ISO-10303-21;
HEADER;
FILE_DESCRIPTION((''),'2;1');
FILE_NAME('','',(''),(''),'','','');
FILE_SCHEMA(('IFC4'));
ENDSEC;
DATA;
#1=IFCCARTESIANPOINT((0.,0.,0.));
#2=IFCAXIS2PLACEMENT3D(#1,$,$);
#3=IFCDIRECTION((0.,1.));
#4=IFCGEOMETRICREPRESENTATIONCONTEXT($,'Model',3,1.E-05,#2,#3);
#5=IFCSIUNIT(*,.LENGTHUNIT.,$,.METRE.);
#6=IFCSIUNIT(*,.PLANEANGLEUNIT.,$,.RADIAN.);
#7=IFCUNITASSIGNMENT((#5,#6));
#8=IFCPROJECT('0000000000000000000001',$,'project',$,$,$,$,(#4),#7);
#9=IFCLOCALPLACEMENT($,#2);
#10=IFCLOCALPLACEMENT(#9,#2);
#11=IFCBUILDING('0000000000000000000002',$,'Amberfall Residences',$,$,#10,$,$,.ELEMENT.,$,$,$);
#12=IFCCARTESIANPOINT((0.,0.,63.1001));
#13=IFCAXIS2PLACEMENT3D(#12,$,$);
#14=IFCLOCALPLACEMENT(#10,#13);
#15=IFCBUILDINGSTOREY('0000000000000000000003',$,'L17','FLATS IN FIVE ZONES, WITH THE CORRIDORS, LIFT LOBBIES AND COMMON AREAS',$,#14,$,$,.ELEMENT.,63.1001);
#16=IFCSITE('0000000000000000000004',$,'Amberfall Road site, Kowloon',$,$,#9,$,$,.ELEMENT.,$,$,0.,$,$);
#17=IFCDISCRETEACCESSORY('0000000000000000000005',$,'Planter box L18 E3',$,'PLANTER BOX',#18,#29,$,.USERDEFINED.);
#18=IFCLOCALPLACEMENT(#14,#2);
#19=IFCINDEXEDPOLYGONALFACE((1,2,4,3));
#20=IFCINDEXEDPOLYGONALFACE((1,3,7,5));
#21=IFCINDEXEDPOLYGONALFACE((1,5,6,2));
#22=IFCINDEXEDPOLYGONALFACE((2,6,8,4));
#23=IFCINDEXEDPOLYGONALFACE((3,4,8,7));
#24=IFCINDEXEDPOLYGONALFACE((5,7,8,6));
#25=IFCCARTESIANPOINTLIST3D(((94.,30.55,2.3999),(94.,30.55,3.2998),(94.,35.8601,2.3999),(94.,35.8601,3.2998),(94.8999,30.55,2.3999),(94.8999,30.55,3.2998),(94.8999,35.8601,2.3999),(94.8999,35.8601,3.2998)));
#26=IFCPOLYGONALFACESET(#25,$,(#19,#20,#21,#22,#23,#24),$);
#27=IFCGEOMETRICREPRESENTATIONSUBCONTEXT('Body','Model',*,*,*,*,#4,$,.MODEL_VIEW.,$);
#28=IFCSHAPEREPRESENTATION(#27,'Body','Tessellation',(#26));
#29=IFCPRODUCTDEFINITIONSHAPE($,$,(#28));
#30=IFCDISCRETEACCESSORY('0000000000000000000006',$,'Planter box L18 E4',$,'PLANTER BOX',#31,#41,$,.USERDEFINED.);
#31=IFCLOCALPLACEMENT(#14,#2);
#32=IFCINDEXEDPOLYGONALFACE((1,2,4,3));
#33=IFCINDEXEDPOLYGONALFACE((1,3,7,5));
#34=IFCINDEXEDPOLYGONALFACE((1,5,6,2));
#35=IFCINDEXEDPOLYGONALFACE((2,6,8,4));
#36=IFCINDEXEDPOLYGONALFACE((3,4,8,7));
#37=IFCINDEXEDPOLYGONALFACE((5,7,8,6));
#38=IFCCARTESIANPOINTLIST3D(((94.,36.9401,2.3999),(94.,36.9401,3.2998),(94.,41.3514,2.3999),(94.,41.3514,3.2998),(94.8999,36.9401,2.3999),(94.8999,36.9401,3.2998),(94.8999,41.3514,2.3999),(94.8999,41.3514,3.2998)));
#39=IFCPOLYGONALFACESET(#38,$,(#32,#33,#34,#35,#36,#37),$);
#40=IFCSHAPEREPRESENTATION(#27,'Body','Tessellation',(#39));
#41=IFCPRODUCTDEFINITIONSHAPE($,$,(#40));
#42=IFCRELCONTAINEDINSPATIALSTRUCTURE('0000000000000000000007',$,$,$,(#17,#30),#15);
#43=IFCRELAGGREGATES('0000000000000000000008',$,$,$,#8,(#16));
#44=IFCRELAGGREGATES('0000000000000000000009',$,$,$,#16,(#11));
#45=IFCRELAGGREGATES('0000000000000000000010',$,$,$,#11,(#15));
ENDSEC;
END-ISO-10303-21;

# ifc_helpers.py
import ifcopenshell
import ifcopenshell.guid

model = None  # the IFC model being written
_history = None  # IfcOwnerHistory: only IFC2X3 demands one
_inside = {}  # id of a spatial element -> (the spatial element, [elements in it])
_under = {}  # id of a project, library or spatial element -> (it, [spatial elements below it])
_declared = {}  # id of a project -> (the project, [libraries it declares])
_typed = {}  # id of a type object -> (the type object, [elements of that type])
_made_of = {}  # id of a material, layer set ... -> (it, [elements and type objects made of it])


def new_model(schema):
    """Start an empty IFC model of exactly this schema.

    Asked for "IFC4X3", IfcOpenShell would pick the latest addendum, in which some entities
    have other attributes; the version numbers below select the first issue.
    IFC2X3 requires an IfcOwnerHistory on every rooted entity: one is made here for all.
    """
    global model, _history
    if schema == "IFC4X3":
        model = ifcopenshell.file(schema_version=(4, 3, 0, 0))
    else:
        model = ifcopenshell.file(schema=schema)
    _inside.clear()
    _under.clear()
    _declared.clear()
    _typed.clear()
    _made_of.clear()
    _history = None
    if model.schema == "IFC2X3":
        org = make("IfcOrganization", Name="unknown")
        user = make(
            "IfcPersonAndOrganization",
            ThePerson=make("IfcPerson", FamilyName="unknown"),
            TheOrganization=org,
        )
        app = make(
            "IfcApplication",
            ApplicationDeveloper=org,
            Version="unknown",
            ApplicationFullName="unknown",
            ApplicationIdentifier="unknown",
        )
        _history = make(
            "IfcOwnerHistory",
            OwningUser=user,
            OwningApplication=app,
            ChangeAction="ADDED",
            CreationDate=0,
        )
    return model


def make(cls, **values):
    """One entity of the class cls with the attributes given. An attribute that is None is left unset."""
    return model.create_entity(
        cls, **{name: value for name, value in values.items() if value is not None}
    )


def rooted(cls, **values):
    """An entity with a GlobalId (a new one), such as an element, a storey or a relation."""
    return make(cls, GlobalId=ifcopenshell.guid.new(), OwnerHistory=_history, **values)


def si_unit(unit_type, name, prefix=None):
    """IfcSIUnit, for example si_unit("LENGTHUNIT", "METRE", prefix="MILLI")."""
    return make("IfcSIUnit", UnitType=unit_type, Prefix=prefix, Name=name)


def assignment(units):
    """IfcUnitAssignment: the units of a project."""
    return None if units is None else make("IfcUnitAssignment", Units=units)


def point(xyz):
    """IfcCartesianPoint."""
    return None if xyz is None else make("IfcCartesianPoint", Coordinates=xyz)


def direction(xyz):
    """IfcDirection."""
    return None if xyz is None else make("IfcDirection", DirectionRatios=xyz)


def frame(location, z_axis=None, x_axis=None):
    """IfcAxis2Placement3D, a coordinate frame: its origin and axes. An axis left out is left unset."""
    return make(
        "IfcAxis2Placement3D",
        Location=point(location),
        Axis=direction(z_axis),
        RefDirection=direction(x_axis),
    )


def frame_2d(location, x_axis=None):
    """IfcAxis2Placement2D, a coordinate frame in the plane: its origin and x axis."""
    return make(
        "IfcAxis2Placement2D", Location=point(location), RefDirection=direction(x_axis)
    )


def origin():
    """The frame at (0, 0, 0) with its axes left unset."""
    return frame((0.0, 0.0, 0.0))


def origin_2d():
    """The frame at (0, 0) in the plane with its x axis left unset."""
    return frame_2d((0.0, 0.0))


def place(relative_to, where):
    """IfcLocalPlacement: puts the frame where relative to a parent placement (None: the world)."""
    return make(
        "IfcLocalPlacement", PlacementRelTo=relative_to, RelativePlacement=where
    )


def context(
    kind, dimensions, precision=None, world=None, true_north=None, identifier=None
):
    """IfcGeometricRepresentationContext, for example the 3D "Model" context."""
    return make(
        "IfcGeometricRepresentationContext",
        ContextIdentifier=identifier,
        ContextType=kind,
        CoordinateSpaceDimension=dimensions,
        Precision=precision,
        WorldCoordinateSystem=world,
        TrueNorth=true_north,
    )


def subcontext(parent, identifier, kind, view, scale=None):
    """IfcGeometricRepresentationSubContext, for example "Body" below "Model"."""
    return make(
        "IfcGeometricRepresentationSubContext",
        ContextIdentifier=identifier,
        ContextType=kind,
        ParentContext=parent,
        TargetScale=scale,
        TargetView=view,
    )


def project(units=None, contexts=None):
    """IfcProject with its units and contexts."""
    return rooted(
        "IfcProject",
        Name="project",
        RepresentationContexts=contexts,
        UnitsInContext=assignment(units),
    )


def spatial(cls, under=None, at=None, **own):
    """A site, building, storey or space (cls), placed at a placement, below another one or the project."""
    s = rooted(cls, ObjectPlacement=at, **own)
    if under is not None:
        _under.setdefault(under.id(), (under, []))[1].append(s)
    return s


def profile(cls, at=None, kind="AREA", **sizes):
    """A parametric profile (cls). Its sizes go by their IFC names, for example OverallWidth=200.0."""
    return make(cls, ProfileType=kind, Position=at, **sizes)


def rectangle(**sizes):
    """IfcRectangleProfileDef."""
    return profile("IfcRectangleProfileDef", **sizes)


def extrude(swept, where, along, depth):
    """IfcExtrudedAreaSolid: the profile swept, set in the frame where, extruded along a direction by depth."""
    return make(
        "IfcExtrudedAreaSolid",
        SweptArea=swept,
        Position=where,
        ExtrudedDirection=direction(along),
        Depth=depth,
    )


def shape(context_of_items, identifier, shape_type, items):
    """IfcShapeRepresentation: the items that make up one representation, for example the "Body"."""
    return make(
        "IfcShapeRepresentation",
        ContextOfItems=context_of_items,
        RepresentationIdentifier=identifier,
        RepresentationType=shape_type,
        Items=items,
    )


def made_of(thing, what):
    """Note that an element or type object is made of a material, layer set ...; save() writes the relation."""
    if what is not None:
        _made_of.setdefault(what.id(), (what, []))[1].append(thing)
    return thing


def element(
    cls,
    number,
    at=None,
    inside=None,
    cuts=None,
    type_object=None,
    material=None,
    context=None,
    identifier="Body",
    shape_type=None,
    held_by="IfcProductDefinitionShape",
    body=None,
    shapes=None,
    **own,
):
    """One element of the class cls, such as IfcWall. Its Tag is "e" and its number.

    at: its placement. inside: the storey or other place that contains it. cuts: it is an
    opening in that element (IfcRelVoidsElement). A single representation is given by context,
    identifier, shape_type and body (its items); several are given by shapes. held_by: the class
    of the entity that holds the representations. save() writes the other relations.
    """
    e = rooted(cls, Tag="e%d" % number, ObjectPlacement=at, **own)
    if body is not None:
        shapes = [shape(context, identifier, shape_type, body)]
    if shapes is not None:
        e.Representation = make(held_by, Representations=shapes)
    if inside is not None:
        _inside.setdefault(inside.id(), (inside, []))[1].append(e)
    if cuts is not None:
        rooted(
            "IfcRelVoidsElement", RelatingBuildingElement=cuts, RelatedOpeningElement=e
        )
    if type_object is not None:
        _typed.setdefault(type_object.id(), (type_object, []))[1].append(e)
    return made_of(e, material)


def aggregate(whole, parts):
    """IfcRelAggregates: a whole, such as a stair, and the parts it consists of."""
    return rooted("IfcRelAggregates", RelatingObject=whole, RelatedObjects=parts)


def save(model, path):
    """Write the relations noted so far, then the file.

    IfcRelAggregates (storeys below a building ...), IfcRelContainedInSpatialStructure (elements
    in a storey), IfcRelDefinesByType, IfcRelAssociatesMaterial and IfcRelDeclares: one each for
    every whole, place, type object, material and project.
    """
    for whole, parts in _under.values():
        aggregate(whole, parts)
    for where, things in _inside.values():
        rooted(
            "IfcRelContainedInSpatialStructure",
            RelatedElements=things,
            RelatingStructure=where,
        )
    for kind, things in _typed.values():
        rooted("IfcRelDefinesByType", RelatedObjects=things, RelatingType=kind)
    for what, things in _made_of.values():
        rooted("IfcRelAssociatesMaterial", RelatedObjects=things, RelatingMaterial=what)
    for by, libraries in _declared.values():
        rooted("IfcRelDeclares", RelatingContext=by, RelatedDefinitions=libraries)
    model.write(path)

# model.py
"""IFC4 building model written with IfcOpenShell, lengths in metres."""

from ifc_helpers import new_model, si_unit, direction, frame, origin, origin_2d, place, context, subcontext, project, spatial, rectangle, extrude, element, save


model = new_model("IFC4")

# Units and contexts
model_context = context("Model", 3, precision=1e-05, world=origin(), true_north=direction((0.0, 1.0)))
body_context = subcontext(model_context, "Body", "Model", "MODEL_VIEW")
ifc_project = project(units=[si_unit("LENGTHUNIT", "METRE"), si_unit("PLANEANGLEUNIT", "RADIAN")], contexts=[model_context])

# Site, building, storey
site_placement = place(None, origin())
site = spatial("IfcSite", under=ifc_project, at=site_placement, Name="Amberfall Road site, Kowloon", CompositionType="ELEMENT", RefElevation=0.0)
building_placement = place(site_placement, origin())
building = spatial("IfcBuilding", under=site, at=building_placement, Name="Amberfall Residences", CompositionType="ELEMENT")
storey_placement = place(building_placement, frame((0.0, 0.0, 63.1001)))
storey = spatial("IfcBuildingStorey", under=building, at=storey_placement, Name="L17", Description="FLATS IN FIVE ZONES, WITH THE CORRIDORS, LIFT LOBBIES AND COMMON AREAS", CompositionType="ELEMENT", Elevation=63.1001)

# Discrete accessories
discrete_accessory_1_placement = place(storey_placement, frame((94.45, 33.2051, 2.3999), z_axis=(0.0, 0.0, 1.0), x_axis=(0.0, 1.0, 0.0)))
element("IfcDiscreteAccessory", 1, at=discrete_accessory_1_placement, inside=storey, Name="Planter box L18 E3", ObjectType="PLANTER BOX", PredefinedType="USERDEFINED", context=body_context, shape_type="SweptSolid", body=[
    extrude(rectangle(XDim=5.3101, YDim=0.8999, at=origin_2d()), origin(), (0.0, 0.0, 1.0), 0.8999),
])
discrete_accessory_2_placement = place(storey_placement, frame((94.45, 39.1458, 2.3999), z_axis=(0.0, 0.0, 1.0), x_axis=(0.0, 1.0, 0.0)))
element("IfcDiscreteAccessory", 2, at=discrete_accessory_2_placement, inside=storey, Name="Planter box L18 E4", ObjectType="PLANTER BOX", PredefinedType="USERDEFINED", context=body_context, shape_type="SweptSolid", body=[
    extrude(rectangle(XDim=4.4114, YDim=0.8999, at=origin_2d()), origin(), (0.0, 0.0, 1.0), 0.8999),
])

save(model, "model.ifc")
